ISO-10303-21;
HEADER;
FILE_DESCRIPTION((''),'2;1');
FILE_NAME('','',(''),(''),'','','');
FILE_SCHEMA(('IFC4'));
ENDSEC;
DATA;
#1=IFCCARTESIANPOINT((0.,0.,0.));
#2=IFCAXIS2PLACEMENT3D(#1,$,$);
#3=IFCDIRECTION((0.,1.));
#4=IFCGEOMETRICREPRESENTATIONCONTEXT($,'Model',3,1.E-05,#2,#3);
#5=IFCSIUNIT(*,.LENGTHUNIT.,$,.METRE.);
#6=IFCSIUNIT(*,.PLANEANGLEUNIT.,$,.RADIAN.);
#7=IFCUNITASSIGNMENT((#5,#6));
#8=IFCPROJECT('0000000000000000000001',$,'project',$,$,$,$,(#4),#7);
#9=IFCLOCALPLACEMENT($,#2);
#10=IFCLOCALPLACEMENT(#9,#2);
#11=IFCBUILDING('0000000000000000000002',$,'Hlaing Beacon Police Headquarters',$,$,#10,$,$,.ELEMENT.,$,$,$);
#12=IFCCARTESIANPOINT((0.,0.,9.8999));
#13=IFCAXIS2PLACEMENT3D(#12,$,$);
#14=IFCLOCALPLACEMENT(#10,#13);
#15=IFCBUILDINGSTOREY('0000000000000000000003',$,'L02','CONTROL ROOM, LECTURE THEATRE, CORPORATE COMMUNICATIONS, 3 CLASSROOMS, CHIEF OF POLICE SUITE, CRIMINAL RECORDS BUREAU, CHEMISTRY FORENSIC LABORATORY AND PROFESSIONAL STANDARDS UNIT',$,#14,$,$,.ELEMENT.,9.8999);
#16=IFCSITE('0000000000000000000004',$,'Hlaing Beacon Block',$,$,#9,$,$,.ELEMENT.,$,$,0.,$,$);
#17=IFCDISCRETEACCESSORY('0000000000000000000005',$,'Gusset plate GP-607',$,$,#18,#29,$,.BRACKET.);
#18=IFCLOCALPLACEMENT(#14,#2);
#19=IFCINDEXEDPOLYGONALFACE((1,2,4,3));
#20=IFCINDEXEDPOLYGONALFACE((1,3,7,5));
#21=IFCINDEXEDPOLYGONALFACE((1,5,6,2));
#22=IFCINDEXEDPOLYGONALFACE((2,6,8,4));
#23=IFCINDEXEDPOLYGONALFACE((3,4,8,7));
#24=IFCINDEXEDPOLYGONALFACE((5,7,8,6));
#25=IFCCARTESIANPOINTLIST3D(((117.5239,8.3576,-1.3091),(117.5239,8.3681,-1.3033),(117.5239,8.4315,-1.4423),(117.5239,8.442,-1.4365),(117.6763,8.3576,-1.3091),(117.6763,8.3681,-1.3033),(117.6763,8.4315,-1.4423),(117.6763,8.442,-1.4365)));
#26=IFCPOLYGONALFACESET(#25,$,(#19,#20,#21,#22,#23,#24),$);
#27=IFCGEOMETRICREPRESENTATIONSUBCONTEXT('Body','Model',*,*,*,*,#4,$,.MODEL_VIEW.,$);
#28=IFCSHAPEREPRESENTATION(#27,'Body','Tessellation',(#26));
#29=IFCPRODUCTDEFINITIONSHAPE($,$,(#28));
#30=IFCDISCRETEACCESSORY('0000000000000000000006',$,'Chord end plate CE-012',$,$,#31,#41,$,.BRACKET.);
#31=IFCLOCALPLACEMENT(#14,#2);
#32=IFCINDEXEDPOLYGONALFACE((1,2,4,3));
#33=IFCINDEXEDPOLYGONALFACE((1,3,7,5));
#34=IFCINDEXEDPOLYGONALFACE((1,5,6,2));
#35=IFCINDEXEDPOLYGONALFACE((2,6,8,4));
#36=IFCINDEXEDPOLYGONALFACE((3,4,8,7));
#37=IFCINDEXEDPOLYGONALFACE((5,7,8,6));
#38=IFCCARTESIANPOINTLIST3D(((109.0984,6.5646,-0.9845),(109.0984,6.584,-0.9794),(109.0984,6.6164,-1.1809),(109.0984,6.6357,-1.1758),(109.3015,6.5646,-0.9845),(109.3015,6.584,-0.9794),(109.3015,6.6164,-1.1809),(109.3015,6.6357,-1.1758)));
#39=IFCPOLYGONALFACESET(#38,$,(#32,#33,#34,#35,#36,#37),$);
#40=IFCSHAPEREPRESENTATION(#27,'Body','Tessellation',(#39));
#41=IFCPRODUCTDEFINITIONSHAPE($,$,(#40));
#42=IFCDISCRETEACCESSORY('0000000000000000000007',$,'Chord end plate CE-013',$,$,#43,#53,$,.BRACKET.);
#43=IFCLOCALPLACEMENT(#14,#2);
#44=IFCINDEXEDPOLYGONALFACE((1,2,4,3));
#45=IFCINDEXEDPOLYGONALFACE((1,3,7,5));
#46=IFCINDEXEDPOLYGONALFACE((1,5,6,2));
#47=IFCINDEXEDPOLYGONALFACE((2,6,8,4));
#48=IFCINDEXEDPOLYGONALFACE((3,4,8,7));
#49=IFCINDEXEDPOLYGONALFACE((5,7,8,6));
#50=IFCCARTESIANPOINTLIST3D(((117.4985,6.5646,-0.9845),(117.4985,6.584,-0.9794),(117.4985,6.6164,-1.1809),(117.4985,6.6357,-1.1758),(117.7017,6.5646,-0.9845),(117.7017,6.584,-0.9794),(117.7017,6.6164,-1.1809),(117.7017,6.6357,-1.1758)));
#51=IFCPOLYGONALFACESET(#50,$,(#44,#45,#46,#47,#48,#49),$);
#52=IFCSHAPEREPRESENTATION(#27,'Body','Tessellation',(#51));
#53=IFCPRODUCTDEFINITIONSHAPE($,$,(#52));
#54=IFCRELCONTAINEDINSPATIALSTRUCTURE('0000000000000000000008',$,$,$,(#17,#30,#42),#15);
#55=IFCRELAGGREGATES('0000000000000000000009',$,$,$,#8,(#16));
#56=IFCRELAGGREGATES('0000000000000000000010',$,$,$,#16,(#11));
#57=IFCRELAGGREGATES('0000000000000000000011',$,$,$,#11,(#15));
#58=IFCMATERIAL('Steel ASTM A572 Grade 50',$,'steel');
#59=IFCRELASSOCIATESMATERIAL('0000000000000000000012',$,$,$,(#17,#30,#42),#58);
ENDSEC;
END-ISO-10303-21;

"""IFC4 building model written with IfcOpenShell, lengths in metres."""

from ifc_helpers import new_model, si_unit, direction, frame, origin, origin_2d, place, context, subcontext, project, spatial, rectangle, extrude, material, element, save


model = new_model("IFC4")

# Units and contexts
model_context = context("Model", 3, precision=1e-05, world=origin(), true_north=direction((0.0, 1.0)))
body_context = subcontext(model_context, "Body", "Model", "MODEL_VIEW")
ifc_project = project(units=[si_unit("LENGTHUNIT", "METRE"), si_unit("PLANEANGLEUNIT", "RADIAN")], contexts=[model_context])

# Site, building, storey
site_placement = place(None, origin())
site = spatial("IfcSite", under=ifc_project, at=site_placement, Name="Hlaing Beacon Block", CompositionType="ELEMENT", RefElevation=0.0)
building_placement = place(site_placement, origin())
building = spatial("IfcBuilding", under=site, at=building_placement, Name="Hlaing Beacon Police Headquarters", CompositionType="ELEMENT")
storey_placement = place(building_placement, frame((0.0, 0.0, 9.8999)))
storey = spatial("IfcBuildingStorey", under=building, at=storey_placement, Name="L02", Description="CONTROL ROOM, LECTURE THEATRE, CORPORATE COMMUNICATIONS, 3 CLASSROOMS, CHIEF OF POLICE SUITE, CRIMINAL RECORDS BUREAU, CHEMISTRY FORENSIC LABORATORY AND PROFESSIONAL STANDARDS UNIT", CompositionType="ELEMENT", Elevation=9.8999)

# Discrete accessories
ifc_material_1 = material(Name="Steel ASTM A572 Grade 50", Category="steel")
discrete_accessory_1_placement = place(storey_placement, frame((117.6001, 8.405, -1.3699), z_axis=(0.0, -0.874403, -0.4852), x_axis=(1.0, 0.0, 0.0)))
element("IfcDiscreteAccessory", 1, at=discrete_accessory_1_placement, inside=storey, material=ifc_material_1, Name="Gusset plate GP-607", PredefinedType="BRACKET", context=body_context, shape_type="SweptSolid", body=[
    extrude(rectangle(XDim=0.1523, YDim=0.1523, at=origin_2d()), origin(), (0.0, 0.0, 1.0), 0.012),
])
for number, where, z_axis, x_axis, name in (
    (2, (109.2, 6.6099, -1.0776), (0.0, -0.966978, -0.254861), (1.0, 0.0, 0.0), "Chord end plate CE-012"),
    (3, (117.6001, 6.6099, -1.0776), (0.0, -0.966978, -0.254861), (1.0, 0.0, 0.0), "Chord end plate CE-013"),
):
    element("IfcDiscreteAccessory", number, at=place(storey_placement, frame(where, z_axis=z_axis, x_axis=x_axis)), inside=storey, material=ifc_material_1, Name=name, PredefinedType="BRACKET", context=body_context, shape_type="SweptSolid", body=[
        extrude(rectangle(XDim=0.2031, YDim=0.2031, at=origin_2d()), origin(), (0.0, 0.0, 1.0), 0.02),
    ])

save(model, "model.ifc")
